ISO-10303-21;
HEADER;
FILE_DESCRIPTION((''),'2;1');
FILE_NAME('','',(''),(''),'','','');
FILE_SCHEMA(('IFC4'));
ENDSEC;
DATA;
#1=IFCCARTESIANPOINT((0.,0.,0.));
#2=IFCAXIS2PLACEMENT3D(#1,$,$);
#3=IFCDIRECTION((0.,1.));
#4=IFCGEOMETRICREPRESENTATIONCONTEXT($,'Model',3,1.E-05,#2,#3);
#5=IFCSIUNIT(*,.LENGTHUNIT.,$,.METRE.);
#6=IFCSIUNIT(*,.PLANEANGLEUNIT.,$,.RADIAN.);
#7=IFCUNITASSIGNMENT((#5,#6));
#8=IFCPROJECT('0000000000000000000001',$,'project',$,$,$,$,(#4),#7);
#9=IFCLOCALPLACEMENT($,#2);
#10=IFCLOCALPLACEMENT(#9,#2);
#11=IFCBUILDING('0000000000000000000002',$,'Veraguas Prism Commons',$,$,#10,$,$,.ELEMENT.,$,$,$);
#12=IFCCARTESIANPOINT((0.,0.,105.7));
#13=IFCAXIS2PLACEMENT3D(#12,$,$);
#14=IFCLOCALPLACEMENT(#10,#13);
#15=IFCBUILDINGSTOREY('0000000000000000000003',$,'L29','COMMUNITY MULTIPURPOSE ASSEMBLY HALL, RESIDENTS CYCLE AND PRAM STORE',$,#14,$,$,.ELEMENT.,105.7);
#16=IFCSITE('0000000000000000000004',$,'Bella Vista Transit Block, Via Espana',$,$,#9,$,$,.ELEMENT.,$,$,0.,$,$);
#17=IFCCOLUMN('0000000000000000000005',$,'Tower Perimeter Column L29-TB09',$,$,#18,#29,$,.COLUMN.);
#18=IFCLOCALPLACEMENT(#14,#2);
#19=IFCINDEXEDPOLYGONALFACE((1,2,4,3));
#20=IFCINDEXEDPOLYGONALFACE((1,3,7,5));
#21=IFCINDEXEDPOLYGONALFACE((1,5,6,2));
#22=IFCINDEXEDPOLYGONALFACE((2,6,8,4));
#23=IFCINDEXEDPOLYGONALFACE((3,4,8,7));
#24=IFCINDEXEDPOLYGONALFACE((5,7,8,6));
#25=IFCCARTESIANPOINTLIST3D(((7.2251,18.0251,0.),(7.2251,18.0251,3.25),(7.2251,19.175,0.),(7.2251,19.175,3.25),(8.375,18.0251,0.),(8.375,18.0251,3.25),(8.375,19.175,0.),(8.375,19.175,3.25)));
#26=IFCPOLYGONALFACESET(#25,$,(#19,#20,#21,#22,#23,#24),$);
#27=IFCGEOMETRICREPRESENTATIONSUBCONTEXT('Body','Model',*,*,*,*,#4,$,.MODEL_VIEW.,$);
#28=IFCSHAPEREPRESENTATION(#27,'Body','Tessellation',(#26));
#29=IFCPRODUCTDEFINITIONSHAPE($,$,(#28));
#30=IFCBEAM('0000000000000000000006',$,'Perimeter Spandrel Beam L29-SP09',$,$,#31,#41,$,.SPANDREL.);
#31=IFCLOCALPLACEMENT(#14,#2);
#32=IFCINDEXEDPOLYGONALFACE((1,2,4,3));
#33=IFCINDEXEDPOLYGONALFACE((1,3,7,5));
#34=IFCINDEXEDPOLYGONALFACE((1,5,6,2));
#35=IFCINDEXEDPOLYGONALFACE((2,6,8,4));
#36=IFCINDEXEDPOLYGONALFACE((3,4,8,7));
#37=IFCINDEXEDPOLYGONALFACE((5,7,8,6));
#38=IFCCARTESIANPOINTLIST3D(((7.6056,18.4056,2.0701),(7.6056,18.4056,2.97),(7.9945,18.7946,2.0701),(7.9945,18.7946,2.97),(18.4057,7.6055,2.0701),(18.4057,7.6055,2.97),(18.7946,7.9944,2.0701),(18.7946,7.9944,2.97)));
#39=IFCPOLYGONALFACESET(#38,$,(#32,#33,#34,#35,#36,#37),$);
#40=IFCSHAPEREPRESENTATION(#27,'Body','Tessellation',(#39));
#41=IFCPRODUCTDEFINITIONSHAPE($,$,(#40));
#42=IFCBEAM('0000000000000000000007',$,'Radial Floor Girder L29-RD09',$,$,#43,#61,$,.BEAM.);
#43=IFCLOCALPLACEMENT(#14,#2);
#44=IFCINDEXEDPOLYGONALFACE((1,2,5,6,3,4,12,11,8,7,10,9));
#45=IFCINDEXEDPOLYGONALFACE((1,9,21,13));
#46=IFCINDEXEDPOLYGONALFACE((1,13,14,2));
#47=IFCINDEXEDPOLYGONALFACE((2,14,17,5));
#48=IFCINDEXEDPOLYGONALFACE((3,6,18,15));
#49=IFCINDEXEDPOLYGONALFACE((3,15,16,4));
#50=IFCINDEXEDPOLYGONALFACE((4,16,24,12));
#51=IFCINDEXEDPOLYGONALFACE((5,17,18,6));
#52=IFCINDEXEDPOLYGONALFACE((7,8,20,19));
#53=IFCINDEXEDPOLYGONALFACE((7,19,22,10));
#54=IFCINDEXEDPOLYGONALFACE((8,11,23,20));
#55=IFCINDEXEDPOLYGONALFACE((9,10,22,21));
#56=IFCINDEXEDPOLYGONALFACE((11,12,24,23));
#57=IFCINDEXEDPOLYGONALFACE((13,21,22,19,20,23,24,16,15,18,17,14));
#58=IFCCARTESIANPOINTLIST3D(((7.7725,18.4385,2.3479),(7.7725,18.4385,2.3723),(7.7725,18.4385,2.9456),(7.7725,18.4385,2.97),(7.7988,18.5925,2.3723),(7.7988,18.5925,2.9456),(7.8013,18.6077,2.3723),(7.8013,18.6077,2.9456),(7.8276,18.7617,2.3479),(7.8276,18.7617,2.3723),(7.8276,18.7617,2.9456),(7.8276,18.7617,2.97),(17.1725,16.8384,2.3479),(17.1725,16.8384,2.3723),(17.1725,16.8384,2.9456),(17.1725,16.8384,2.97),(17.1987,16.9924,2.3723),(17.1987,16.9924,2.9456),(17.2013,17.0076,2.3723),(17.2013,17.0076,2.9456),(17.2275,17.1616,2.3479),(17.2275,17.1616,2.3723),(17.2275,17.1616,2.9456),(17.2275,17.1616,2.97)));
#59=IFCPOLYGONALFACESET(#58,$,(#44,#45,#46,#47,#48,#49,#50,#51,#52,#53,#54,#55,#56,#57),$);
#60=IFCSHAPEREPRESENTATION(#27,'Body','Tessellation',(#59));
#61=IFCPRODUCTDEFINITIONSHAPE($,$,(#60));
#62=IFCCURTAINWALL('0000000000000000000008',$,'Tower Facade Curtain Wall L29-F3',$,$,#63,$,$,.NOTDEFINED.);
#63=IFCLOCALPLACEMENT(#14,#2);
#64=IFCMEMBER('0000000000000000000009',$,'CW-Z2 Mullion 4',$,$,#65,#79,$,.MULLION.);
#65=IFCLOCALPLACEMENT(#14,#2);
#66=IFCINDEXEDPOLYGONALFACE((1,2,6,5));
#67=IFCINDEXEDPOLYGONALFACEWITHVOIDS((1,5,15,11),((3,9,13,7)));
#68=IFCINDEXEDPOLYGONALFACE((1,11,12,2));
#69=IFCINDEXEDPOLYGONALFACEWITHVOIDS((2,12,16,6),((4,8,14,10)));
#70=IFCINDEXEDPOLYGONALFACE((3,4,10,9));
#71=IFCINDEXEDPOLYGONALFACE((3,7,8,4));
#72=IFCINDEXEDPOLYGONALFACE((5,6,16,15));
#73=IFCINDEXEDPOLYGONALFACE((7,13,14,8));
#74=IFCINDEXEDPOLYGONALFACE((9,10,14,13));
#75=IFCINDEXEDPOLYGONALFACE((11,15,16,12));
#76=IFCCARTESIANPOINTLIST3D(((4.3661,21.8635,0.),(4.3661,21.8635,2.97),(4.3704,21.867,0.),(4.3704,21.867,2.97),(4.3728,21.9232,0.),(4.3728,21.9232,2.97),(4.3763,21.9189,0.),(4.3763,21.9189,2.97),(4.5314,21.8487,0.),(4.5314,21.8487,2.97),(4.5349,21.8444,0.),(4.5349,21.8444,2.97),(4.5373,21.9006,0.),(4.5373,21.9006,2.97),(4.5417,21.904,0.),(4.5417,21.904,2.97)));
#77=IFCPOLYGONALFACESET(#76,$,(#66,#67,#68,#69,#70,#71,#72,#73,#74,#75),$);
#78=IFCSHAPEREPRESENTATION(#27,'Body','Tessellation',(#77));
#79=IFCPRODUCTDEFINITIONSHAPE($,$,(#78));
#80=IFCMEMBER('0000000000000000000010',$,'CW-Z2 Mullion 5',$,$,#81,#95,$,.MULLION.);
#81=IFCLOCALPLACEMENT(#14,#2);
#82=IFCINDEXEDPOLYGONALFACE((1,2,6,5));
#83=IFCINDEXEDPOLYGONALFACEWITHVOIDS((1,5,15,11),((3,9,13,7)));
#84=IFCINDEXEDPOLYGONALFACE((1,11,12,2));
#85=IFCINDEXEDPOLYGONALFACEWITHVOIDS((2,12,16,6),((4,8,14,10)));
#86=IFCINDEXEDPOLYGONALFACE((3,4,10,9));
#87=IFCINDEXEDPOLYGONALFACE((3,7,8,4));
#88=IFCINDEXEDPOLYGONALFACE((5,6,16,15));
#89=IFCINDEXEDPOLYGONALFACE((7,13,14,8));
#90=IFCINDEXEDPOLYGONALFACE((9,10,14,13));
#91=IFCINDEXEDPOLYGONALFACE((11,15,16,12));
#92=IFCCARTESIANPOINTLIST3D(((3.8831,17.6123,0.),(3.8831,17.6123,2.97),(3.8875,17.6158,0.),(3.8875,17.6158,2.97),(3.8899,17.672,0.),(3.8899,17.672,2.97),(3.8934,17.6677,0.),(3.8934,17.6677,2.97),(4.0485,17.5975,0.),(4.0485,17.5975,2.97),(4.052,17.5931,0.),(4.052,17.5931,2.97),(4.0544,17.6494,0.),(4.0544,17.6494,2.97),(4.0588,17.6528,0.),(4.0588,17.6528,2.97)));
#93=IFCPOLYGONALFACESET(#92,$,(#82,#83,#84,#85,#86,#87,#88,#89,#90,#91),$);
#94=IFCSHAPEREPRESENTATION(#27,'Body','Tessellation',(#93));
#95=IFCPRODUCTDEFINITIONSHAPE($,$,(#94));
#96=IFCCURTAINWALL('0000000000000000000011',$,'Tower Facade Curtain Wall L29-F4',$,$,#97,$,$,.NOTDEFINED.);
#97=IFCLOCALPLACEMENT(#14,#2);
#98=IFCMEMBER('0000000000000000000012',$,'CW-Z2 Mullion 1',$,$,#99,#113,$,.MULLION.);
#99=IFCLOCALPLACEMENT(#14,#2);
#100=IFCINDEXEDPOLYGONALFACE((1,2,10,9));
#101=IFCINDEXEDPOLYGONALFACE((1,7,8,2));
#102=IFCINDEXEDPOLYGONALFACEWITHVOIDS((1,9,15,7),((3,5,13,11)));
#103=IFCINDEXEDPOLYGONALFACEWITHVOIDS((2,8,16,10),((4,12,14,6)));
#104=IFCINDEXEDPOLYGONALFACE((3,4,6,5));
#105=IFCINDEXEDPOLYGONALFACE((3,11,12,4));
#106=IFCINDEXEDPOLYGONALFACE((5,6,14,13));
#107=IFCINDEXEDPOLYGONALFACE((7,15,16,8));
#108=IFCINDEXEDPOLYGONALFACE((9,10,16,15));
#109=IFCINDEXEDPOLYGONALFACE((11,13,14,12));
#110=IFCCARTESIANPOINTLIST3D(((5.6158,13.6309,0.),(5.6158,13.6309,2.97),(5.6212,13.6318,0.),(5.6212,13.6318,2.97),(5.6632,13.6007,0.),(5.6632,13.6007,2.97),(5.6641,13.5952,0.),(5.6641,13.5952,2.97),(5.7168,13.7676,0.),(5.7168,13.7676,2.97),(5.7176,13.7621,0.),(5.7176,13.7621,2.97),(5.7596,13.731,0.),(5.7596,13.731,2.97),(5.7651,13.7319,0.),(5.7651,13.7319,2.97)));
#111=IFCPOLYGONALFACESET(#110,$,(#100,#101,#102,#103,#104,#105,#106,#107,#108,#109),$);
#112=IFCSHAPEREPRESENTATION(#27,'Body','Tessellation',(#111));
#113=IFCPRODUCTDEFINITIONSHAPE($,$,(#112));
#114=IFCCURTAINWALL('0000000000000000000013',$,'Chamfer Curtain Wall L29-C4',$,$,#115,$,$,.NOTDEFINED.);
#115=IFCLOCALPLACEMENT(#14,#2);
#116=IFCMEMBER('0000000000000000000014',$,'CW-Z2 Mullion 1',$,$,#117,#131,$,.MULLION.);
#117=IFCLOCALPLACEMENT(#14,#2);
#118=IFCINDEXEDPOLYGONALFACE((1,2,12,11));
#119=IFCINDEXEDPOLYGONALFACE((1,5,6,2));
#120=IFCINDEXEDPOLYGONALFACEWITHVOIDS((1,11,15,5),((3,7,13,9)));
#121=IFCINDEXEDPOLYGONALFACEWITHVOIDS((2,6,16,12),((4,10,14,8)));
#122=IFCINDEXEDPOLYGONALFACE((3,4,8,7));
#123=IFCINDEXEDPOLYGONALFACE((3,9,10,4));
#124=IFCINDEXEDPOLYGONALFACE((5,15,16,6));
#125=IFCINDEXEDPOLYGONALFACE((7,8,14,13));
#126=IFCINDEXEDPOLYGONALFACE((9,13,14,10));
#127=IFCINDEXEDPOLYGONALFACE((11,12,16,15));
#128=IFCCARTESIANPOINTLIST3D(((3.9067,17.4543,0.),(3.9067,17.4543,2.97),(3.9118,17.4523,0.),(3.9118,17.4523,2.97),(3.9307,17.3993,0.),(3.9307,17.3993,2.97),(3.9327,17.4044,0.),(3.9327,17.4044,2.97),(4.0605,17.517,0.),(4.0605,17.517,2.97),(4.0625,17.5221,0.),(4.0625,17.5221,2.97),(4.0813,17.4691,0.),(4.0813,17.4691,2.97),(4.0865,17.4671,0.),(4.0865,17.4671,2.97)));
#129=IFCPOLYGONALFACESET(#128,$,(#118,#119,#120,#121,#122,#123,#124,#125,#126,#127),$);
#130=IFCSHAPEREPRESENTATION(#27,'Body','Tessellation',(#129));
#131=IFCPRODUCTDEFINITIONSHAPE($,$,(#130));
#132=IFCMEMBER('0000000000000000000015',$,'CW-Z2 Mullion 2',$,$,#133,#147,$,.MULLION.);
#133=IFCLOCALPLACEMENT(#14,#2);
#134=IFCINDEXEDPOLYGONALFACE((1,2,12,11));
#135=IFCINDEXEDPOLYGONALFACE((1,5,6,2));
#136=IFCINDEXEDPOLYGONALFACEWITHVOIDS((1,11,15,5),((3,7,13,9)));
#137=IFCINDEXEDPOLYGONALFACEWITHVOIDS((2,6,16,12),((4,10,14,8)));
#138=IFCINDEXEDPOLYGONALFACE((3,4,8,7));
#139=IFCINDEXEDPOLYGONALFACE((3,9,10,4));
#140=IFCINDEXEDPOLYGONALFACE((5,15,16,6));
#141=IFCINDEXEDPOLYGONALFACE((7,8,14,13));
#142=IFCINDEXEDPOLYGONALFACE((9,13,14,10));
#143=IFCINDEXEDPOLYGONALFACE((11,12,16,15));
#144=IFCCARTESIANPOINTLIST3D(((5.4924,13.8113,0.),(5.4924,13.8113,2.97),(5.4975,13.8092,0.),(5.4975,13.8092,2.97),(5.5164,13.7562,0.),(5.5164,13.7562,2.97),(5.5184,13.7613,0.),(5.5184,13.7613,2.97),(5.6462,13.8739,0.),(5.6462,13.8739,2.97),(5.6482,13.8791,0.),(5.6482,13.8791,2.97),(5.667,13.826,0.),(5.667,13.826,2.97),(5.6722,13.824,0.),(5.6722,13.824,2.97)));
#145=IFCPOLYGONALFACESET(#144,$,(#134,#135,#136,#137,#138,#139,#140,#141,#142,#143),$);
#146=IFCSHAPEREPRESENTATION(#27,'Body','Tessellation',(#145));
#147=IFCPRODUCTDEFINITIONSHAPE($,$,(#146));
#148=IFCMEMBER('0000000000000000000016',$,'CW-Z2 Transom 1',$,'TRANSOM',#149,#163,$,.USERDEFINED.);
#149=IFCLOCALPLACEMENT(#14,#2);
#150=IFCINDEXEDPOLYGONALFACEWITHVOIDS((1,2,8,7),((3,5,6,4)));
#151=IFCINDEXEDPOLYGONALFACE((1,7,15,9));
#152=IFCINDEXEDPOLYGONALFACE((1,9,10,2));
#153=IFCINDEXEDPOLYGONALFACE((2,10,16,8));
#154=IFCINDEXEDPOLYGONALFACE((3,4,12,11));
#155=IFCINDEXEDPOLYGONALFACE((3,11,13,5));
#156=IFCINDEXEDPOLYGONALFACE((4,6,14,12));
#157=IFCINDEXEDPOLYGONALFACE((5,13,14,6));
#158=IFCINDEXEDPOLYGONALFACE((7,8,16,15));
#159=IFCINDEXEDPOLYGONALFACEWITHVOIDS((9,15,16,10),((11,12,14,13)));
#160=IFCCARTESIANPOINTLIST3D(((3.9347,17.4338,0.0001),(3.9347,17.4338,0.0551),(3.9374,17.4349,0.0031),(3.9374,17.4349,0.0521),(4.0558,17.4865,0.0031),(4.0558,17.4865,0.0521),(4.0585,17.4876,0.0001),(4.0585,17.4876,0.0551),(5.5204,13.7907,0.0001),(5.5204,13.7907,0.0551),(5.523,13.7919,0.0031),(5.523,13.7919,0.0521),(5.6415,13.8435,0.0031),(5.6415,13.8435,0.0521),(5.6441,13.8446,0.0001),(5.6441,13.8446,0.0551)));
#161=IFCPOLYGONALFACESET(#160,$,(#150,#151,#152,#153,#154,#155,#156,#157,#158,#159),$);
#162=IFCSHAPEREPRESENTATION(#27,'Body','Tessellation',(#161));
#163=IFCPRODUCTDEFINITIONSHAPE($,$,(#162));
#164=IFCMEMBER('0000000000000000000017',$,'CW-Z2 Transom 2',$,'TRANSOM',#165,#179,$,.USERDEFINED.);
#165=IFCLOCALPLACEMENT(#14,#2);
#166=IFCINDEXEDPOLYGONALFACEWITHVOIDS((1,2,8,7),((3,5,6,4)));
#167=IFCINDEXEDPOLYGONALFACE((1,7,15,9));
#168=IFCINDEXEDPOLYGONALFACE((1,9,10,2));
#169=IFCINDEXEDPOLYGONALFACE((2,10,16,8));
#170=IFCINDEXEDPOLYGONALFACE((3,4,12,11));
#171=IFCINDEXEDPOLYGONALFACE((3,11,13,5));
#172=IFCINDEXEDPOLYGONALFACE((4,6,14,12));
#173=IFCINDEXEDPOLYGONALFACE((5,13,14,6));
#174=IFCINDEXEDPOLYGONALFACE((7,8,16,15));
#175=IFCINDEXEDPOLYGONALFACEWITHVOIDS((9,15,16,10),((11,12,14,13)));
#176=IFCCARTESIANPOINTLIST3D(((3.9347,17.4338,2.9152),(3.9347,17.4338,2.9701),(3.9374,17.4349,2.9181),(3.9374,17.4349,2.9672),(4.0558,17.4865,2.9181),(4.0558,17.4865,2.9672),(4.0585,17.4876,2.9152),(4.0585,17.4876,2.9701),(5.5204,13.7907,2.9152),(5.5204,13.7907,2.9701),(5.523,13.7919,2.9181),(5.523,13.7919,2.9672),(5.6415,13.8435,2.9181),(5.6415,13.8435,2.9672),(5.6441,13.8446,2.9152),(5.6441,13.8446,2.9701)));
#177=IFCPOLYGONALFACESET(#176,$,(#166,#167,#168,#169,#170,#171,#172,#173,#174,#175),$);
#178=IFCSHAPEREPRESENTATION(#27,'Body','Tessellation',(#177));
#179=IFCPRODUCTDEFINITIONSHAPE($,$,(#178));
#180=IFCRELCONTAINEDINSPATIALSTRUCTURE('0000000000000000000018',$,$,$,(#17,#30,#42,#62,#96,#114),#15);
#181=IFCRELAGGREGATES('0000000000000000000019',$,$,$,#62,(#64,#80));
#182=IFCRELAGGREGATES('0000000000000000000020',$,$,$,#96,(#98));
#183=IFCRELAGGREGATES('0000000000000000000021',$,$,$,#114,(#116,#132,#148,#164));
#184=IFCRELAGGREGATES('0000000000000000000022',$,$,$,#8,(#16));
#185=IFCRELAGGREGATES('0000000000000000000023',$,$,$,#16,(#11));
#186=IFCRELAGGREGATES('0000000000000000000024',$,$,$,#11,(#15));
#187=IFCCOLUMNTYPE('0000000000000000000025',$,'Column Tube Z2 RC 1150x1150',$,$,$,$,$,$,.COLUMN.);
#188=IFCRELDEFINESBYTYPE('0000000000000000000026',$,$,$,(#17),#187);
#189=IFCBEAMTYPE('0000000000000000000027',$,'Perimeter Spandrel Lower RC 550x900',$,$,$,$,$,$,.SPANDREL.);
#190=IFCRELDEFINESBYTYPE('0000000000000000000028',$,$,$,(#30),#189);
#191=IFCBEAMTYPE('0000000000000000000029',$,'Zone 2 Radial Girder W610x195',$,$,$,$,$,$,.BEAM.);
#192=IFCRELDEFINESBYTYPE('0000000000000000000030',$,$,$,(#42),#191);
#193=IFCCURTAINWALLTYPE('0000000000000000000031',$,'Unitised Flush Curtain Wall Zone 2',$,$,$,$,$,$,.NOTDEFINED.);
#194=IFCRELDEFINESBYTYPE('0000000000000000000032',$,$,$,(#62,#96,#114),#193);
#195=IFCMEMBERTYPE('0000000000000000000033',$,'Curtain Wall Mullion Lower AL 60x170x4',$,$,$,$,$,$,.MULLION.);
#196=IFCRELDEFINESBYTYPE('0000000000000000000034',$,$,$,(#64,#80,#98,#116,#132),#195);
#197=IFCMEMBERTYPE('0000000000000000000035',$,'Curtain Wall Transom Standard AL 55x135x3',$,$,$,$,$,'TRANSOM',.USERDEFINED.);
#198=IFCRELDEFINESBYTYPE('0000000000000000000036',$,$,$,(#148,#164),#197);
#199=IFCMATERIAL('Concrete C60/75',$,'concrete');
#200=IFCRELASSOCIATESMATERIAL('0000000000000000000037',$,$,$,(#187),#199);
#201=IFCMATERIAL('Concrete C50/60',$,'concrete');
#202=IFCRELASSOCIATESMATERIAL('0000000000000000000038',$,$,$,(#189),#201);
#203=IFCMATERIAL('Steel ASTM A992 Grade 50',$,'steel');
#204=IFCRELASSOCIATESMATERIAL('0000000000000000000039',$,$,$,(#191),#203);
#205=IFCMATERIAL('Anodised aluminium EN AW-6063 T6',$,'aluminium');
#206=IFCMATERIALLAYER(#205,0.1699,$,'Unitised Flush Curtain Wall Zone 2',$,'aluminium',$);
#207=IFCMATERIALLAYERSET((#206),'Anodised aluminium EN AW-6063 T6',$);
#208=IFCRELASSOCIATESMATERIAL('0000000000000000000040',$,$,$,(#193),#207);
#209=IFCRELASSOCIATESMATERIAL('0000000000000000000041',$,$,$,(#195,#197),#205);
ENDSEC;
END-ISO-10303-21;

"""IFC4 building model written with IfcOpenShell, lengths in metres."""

from ifc_helpers import new_model, si_unit, direction, frame, origin, origin_2d, place, context, subcontext, project, spatial, rectangle, hollow_rectangle, i_section, extrude, source, transform, mapped, material, layer, layer_set, material_profile, profile_set, type_object, element, aggregate, save


model = new_model("IFC4")

# Units and contexts
model_context = context("Model", 3, precision=1e-05, world=origin(), true_north=direction((0.0, 1.0)))
body_context = subcontext(model_context, "Body", "Model", "MODEL_VIEW")
ifc_project = project(units=[si_unit("LENGTHUNIT", "METRE"), si_unit("PLANEANGLEUNIT", "RADIAN")], contexts=[model_context])

# Site, building, storey
site_placement = place(None, origin())
site = spatial("IfcSite", under=ifc_project, at=site_placement, Name="Bella Vista Transit Block, Via Espana", CompositionType="ELEMENT", RefElevation=0.0)
building_placement = place(site_placement, origin())
building = spatial("IfcBuilding", under=site, at=building_placement, Name="Veraguas Prism Commons", CompositionType="ELEMENT")
storey_placement = place(building_placement, frame((0.0, 0.0, 105.7)))
storey = spatial("IfcBuildingStorey", under=building, at=storey_placement, Name="L29", Description="COMMUNITY MULTIPURPOSE ASSEMBLY HALL, RESIDENTS CYCLE AND PRAM STORE", CompositionType="ELEMENT", Elevation=105.7)

# Column
ifc_material_1 = material(Name="Concrete C60/75", Category="concrete")
ifc_material_profile_1 = material_profile(ifc_material_1, rectangle(XDim=1.1499, YDim=1.1499, at=origin_2d()), Name="RC1150X1150")
ifc_profile_set_1 = profile_set([ifc_material_profile_1], Name="Concrete C60/75")
column_type = type_object("IfcColumnType", Name="Column Tube Z2 RC 1150x1150", PredefinedType="COLUMN", material=ifc_profile_set_1)
column_placement = place(storey_placement, frame((7.8, 18.6001, 0.0), z_axis=(0.0, 0.0, 1.0), x_axis=(1.0, 0.0, 0.0)))
element("IfcColumn", 1, at=column_placement, inside=storey, type_object=column_type, Name="Tower Perimeter Column L29-TB09", PredefinedType="COLUMN", context=body_context, shape_type="SweptSolid", body=[
    extrude(rectangle(XDim=1.1499, YDim=1.1499, at=origin_2d()), origin(), (0.0, 0.0, 1.0), 3.25),
])

# Beams
ifc_material_2 = material(Name="Concrete C50/60", Category="concrete")
ifc_material_profile_2 = material_profile(ifc_material_2, rectangle(XDim=0.55, YDim=0.8999, at=origin_2d()), Name="RC550X900")
ifc_profile_set_2 = profile_set([ifc_material_profile_2], Name="Concrete C50/60")
beam_type_1 = type_object("IfcBeamType", Name="Perimeter Spandrel Lower RC 550x900", PredefinedType="SPANDREL", material=ifc_profile_set_2)
beam_1_placement = place(storey_placement, frame((7.8, 18.6001, 2.52), z_axis=(0.707107, -0.707107, 0.0), x_axis=(0.707107, 0.707107, 0.0)))
element("IfcBeam", 2, at=beam_1_placement, inside=storey, type_object=beam_type_1, Name="Perimeter Spandrel Beam L29-SP09", PredefinedType="SPANDREL", context=body_context, shape_type="SweptSolid", body=[
    extrude(rectangle(XDim=0.55, YDim=0.8999, at=origin_2d()), origin(), (0.0, 0.0, 1.0), 15.2737),
])
ifc_material_3 = material(Name="Steel ASTM A992 Grade 50", Category="steel")
ifc_material_profile_3 = material_profile(ifc_material_3, i_section(OverallWidth=0.3279, OverallDepth=0.6221, WebThickness=0.0154, FlangeThickness=0.0244, at=origin_2d()), Name="W610X195")
ifc_profile_set_3 = profile_set([ifc_material_profile_3], Name="Steel ASTM A992 Grade 50")
beam_type_2 = type_object("IfcBeamType", Name="Zone 2 Radial Girder W610x195", PredefinedType="BEAM", material=ifc_profile_set_3)
beam_2_placement = place(storey_placement, frame((7.8, 18.6001, 2.6589), z_axis=(0.985819, -0.167811, 0.0), x_axis=(0.167811, 0.985819, 0.0)))
element("IfcBeam", 3, at=beam_2_placement, inside=storey, type_object=beam_type_2, Name="Radial Floor Girder L29-RD09", PredefinedType="BEAM", context=body_context, shape_type="SweptSolid", body=[
    extrude(i_section(OverallWidth=0.3279, OverallDepth=0.6221, WebThickness=0.0154, FlangeThickness=0.0244, at=origin_2d()), origin(), (0.0, 0.0, 1.0), 9.5352),
])

# Curtain wall, members
ifc_material_4 = material(Name="Anodised aluminium EN AW-6063 T6", Category="aluminium")
ifc_layer_1 = layer(ifc_material_4, 0.1699, Name="Unitised Flush Curtain Wall Zone 2", Category="aluminium")
ifc_layer_set_1 = layer_set([ifc_layer_1], Name="Anodised aluminium EN AW-6063 T6")
curtain_wall_type = type_object("IfcCurtainWallType", Name="Unitised Flush Curtain Wall Zone 2", PredefinedType="NOTDEFINED", material=ifc_layer_set_1)
curtain_wall_1_placement = place(storey_placement, origin())
curtain_wall_1 = element("IfcCurtainWall", 4, at=curtain_wall_1_placement, inside=storey, type_object=curtain_wall_type, Name="Tower Facade Curtain Wall L29-F3", PredefinedType="NOTDEFINED")
ifc_material_profile_4 = material_profile(ifc_material_4, hollow_rectangle(XDim=0.0601, YDim=0.1699, WallThickness=0.0039, at=origin_2d()), Name="AL60X170X4")
ifc_profile_set_4 = profile_set([ifc_material_profile_4], Name="Anodised aluminium EN AW-6063 T6")
member_type_1 = type_object("IfcMemberType", Name="Curtain Wall Mullion Lower AL 60x170x4", PredefinedType="MULLION", material=ifc_profile_set_4)
shared_shape_1 = source(origin(), body_context, "Body", "SweptSolid", [
    extrude(hollow_rectangle(XDim=0.0601, YDim=0.1699, WallThickness=0.0039, at=origin_2d()), origin(), (0.0, 0.0, 1.0), 2.97),
])
member_1_placement = place(storey_placement, frame((4.4539, 21.8838, 0.0), z_axis=(0.0, 0.0, 1.0), x_axis=(-0.112856, -0.993611, 0.0)))
member_1 = element("IfcMember", 5, at=member_1_placement, type_object=member_type_1, Name="CW-Z2 Mullion 4", PredefinedType="MULLION", context=body_context, shape_type="MappedRepresentation", body=[
    mapped(shared_shape_1, transform((0.0, 0.0, 0.0), scale=1.0)),
])
member_2_placement = place(storey_placement, frame((3.9709, 17.6326, 0.0), z_axis=(0.0, 0.0, 1.0), x_axis=(-0.112856, -0.993611, 0.0)))
member_2 = element("IfcMember", 6, at=member_2_placement, type_object=member_type_1, Name="CW-Z2 Mullion 5", PredefinedType="MULLION", context=body_context, shape_type="MappedRepresentation", body=[
    mapped(shared_shape_1, transform((0.0, 0.0, 0.0), scale=1.0)),
])

# Curtain wall, member
curtain_wall_2_placement = place(storey_placement, origin())
curtain_wall_2 = element("IfcCurtainWall", 7, at=curtain_wall_2_placement, inside=storey, type_object=curtain_wall_type, Name="Tower Facade Curtain Wall L29-F4", PredefinedType="NOTDEFINED")
member_3_placement = place(storey_placement, frame((5.6904, 13.6814, 0.0), z_axis=(0.0, 0.0, 1.0), x_axis=(0.804068, -0.594538, 0.0)))
member_3 = element("IfcMember", 8, at=member_3_placement, type_object=member_type_1, Name="CW-Z2 Mullion 1", PredefinedType="MULLION", context=body_context, shape_type="MappedRepresentation", body=[
    mapped(shared_shape_1, transform((0.0, 0.0, 0.0), scale=1.0)),
])

# Curtain wall, members
curtain_wall_3_placement = place(storey_placement, origin())
curtain_wall_3 = element("IfcCurtainWall", 9, at=curtain_wall_3_placement, inside=storey, type_object=curtain_wall_type, Name="Chamfer Curtain Wall L29-C4", PredefinedType="NOTDEFINED")
member_4_placement = place(storey_placement, frame((3.9966, 17.4607, 0.0), z_axis=(0.0, 0.0, 1.0), x_axis=(0.399087, -0.916913, 0.0)))
member_4 = element("IfcMember", 10, at=member_4_placement, type_object=member_type_1, Name="CW-Z2 Mullion 1", PredefinedType="MULLION", context=body_context, shape_type="MappedRepresentation", body=[
    mapped(shared_shape_1, transform((0.0, 0.0, 0.0), scale=1.0)),
])
member_5_placement = place(storey_placement, frame((5.5823, 13.8176, 0.0), z_axis=(0.0, 0.0, 1.0), x_axis=(0.399087, -0.916913, 0.0)))
member_5 = element("IfcMember", 11, at=member_5_placement, type_object=member_type_1, Name="CW-Z2 Mullion 2", PredefinedType="MULLION", context=body_context, shape_type="MappedRepresentation", body=[
    mapped(shared_shape_1, transform((0.0, 0.0, 0.0), scale=1.0)),
])
ifc_material_profile_5 = material_profile(ifc_material_4, hollow_rectangle(XDim=0.0549, YDim=0.135, WallThickness=0.0029, at=origin_2d()), Name="AL55X135X3")
ifc_profile_set_5 = profile_set([ifc_material_profile_5], Name="Anodised aluminium EN AW-6063 T6")
member_type_2 = type_object("IfcMemberType", Name="Curtain Wall Transom Standard AL 55x135x3", ElementType="TRANSOM", PredefinedType="USERDEFINED", material=ifc_profile_set_5)
shared_shape_2 = source(origin(), body_context, "Body", "SweptSolid", [
    extrude(hollow_rectangle(XDim=0.0549, YDim=0.135, WallThickness=0.0029, at=origin_2d()), origin(), (0.0, 0.0, 1.0), 3.9731),
])
member_6_placement = place(storey_placement, frame((3.9966, 17.4607, 0.0276), z_axis=(0.399097, -0.916909, 0.0), x_axis=(0.0, 0.0, 1.0)))
member_6 = element("IfcMember", 12, at=member_6_placement, type_object=member_type_2, Name="CW-Z2 Transom 1", ObjectType="TRANSOM", PredefinedType="USERDEFINED", context=body_context, shape_type="MappedRepresentation", body=[
    mapped(shared_shape_2, transform((0.0, 0.0, 0.0), scale=1.0)),
])
member_7_placement = place(storey_placement, frame((3.9966, 17.4607, 2.9426), z_axis=(0.399097, -0.916909, 0.0), x_axis=(0.0, 0.0, 1.0)))
member_7 = element("IfcMember", 13, at=member_7_placement, type_object=member_type_2, Name="CW-Z2 Transom 2", ObjectType="TRANSOM", PredefinedType="USERDEFINED", context=body_context, shape_type="MappedRepresentation", body=[
    mapped(shared_shape_2, transform((0.0, 0.0, 0.0), scale=1.0)),
])

aggregate(curtain_wall_1, [member_1, member_2])
aggregate(curtain_wall_2, [member_3])
aggregate(curtain_wall_3, [member_4, member_5, member_6, member_7])

save(model, "model.ifc")
